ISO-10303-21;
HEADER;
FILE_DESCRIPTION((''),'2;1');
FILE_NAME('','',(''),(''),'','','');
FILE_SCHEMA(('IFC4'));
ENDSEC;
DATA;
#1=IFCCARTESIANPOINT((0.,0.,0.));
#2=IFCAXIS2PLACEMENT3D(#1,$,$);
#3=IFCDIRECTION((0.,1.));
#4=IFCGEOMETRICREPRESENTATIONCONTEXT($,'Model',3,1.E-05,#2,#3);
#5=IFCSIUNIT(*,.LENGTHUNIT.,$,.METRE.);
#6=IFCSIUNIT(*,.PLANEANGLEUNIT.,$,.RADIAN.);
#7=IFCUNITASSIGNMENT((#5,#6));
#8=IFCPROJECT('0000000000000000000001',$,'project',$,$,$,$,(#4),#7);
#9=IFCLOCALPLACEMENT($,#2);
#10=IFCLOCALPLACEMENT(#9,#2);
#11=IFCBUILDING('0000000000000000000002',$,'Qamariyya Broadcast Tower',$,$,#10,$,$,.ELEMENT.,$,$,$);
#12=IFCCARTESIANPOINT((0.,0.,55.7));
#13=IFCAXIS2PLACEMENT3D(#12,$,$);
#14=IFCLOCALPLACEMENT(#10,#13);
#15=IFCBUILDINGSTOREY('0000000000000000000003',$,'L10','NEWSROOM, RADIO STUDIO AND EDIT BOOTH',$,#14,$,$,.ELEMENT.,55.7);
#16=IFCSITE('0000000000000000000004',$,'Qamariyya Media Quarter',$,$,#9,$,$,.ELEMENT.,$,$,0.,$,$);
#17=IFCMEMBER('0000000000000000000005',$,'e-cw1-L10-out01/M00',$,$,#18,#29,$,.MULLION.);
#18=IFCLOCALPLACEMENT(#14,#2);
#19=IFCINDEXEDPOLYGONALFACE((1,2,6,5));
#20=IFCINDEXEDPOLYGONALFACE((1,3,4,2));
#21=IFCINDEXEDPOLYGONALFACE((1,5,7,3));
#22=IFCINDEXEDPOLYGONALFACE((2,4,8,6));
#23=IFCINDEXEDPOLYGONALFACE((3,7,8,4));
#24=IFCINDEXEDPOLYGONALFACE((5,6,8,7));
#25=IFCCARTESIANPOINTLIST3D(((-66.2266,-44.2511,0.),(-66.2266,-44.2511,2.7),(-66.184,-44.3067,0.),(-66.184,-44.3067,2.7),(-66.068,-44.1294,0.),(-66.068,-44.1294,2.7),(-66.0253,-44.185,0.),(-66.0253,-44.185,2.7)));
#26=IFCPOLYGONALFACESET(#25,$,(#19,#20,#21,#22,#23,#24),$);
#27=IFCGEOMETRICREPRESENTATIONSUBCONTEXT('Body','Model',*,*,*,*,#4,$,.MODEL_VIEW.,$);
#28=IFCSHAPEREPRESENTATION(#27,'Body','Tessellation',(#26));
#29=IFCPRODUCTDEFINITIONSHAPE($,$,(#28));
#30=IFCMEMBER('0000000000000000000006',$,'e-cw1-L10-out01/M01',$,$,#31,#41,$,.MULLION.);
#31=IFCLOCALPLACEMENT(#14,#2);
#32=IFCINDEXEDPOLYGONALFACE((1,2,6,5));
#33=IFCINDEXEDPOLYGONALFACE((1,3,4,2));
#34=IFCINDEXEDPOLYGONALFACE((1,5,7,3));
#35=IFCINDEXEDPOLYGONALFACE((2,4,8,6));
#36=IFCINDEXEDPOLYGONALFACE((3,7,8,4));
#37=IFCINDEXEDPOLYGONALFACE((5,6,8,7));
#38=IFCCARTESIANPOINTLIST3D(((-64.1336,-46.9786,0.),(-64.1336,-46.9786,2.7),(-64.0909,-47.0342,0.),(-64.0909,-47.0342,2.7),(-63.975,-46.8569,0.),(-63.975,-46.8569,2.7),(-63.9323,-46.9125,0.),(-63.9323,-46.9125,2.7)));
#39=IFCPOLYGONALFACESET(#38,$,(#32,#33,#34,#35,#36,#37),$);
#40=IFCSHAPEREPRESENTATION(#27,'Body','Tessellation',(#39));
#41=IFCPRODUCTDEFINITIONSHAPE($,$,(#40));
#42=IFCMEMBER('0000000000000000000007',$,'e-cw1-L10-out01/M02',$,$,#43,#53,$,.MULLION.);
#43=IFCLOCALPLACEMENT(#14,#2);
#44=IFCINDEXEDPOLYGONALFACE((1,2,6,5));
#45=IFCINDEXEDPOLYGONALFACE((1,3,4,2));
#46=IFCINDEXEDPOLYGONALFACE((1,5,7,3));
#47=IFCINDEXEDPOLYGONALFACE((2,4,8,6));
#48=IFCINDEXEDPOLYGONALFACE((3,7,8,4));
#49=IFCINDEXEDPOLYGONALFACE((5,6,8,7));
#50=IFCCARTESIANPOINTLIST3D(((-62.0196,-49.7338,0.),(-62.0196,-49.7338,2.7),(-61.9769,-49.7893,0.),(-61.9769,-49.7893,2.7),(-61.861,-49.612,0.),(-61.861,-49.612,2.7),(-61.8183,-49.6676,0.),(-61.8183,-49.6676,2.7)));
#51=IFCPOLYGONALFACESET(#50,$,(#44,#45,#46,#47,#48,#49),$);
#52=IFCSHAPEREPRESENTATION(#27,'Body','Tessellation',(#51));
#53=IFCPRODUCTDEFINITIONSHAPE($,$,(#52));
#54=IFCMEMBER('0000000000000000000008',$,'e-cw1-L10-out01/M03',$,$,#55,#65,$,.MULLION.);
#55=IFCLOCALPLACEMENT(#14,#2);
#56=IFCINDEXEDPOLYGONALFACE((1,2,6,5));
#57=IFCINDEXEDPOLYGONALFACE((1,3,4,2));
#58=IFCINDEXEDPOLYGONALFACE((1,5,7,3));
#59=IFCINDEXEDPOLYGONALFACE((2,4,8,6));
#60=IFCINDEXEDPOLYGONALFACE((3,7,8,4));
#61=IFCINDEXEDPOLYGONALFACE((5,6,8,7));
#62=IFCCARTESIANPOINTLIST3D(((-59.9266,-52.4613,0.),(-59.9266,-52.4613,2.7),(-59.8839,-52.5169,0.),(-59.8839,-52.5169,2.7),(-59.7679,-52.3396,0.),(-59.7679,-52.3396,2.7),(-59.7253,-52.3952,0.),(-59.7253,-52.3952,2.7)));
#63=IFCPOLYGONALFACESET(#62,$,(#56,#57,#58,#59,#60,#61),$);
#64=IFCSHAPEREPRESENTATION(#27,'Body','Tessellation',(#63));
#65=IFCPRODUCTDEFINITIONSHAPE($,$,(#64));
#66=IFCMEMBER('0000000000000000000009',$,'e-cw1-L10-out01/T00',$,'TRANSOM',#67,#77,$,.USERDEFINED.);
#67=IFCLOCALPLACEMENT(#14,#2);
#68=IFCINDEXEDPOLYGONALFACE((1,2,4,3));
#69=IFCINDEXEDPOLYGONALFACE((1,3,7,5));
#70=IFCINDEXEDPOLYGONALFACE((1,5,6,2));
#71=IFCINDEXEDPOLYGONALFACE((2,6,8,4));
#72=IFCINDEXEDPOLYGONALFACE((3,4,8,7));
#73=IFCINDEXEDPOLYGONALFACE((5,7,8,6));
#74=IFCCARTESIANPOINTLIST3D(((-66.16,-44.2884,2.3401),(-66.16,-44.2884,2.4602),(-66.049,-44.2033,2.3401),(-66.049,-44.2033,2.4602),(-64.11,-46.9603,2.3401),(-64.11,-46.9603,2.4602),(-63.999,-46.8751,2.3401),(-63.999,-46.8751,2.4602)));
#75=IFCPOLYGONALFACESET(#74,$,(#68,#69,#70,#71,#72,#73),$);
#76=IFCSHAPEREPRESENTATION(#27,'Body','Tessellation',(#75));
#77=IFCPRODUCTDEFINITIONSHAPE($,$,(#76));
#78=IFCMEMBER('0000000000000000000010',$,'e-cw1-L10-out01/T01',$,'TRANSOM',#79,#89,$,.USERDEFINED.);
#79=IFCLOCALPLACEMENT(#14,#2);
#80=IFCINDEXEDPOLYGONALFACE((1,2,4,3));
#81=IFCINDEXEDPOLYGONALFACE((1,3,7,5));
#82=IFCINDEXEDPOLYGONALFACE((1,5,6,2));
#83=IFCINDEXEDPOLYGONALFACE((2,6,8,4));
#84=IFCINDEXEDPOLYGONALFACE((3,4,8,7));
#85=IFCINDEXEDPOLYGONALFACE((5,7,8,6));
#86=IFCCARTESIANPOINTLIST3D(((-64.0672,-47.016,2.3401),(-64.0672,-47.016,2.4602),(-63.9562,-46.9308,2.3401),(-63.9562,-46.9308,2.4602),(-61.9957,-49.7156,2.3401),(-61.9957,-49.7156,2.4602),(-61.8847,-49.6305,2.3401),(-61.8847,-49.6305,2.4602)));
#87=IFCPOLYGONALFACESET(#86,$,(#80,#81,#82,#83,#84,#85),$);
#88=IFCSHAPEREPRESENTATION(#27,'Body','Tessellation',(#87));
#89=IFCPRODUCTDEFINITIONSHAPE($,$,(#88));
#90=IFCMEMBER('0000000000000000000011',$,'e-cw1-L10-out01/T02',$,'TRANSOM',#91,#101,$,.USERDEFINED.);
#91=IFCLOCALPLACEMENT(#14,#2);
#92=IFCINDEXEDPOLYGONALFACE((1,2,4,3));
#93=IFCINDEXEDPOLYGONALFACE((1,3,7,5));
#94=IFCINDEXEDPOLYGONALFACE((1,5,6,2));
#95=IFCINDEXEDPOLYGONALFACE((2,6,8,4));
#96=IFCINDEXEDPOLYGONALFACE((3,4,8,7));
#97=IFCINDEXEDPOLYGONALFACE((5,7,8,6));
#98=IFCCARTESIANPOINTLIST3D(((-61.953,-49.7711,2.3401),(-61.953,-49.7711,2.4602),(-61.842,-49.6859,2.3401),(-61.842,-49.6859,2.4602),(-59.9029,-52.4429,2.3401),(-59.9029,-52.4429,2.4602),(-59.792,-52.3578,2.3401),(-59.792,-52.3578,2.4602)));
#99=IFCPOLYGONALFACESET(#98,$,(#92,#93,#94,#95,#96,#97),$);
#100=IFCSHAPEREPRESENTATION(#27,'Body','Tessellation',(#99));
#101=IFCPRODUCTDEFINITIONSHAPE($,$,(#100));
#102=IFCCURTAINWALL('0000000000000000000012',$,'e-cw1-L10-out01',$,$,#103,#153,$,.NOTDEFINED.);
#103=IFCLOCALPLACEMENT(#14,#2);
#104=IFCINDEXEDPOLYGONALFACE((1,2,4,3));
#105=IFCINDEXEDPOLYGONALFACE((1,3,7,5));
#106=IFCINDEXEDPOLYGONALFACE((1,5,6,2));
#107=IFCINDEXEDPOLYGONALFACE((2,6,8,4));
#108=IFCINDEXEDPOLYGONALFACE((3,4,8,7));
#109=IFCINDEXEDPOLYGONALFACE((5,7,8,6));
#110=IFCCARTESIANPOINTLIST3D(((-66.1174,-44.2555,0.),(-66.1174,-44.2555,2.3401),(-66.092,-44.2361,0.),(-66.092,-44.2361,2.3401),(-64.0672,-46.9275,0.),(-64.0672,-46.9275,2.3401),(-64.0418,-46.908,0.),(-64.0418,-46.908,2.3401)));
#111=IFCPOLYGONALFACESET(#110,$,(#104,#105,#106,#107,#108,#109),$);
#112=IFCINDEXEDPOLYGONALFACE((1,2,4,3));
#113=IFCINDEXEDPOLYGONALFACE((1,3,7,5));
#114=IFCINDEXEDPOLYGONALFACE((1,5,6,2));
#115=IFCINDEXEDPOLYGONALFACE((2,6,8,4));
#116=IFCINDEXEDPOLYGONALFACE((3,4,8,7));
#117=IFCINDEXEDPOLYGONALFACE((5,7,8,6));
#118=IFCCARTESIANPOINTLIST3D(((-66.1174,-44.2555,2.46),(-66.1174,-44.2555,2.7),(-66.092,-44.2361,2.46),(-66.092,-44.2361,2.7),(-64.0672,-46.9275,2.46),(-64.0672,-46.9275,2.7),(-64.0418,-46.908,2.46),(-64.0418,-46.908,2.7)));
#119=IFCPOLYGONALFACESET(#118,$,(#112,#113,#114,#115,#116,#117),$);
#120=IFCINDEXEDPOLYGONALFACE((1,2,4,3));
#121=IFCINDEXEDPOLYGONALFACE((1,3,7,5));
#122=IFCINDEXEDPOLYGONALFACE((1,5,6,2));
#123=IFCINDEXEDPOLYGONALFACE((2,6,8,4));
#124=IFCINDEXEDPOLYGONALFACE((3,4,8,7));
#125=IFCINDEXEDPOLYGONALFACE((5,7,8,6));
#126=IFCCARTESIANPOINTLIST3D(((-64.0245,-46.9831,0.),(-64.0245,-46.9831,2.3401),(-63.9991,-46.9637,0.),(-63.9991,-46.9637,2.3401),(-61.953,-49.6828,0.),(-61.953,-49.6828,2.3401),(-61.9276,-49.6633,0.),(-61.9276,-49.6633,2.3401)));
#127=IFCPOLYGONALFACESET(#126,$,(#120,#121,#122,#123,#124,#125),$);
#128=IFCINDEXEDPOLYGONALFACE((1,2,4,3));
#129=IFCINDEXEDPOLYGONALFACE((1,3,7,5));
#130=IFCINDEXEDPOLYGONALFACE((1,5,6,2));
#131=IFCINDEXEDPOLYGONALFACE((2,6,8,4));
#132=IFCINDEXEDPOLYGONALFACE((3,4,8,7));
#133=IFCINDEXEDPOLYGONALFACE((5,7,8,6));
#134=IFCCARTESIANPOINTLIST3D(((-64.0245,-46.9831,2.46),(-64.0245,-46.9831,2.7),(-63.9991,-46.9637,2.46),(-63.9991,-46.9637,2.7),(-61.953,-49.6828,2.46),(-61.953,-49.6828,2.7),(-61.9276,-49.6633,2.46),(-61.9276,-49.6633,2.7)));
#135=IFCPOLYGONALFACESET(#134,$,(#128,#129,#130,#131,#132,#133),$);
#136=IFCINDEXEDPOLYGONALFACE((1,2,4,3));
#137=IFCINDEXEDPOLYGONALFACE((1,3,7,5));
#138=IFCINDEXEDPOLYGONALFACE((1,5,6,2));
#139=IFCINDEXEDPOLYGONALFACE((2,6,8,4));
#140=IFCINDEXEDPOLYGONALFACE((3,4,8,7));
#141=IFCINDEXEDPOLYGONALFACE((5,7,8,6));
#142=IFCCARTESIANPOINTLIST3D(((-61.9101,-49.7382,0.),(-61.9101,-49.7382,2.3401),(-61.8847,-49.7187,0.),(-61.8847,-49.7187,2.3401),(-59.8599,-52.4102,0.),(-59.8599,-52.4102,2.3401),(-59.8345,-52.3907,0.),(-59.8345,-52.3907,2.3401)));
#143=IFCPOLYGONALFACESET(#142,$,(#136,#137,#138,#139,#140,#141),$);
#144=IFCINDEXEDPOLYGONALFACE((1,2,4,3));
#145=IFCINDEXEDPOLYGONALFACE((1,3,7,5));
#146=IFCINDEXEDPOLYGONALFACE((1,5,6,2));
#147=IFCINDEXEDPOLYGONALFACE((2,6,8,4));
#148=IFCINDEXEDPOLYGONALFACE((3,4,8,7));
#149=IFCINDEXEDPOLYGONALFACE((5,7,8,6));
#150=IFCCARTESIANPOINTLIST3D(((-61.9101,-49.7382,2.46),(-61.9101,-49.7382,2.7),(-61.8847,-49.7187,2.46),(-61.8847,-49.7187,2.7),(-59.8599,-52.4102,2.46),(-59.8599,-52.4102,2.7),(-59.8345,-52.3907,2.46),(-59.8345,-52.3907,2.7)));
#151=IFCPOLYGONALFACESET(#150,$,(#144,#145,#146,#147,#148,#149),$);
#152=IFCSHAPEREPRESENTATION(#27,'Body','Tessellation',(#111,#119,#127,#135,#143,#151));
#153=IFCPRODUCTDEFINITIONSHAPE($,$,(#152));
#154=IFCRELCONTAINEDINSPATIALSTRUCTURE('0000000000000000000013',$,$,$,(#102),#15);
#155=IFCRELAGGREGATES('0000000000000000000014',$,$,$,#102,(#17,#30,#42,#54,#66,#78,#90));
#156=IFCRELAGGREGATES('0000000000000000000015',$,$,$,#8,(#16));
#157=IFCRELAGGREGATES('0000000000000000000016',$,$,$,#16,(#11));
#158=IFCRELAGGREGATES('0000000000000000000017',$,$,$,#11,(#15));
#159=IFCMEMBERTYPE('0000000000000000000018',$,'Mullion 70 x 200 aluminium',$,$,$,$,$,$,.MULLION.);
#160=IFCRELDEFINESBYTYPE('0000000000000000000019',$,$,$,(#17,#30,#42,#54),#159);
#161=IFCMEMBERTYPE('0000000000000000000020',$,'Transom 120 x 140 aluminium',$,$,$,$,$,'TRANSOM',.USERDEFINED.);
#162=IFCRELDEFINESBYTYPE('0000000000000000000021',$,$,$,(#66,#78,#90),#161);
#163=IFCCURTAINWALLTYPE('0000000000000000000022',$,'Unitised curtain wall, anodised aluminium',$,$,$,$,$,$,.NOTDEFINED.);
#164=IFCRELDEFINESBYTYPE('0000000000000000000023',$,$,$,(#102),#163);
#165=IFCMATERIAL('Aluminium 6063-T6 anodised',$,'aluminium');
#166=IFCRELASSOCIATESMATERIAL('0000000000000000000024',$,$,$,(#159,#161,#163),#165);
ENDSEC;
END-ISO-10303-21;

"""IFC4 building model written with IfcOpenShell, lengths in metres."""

from ifc_helpers import new_model, si_unit, direction, frame, origin, origin_2d, place, context, subcontext, project, spatial, rectangle, extrude, material, material_profile, profile_set, type_object, element, aggregate, save


model = new_model("IFC4")

# Units and contexts
model_context = context("Model", 3, precision=1e-05, world=origin(), true_north=direction((0.0, 1.0)))
body_context = subcontext(model_context, "Body", "Model", "MODEL_VIEW")
ifc_project = project(units=[si_unit("LENGTHUNIT", "METRE"), si_unit("PLANEANGLEUNIT", "RADIAN")], contexts=[model_context])

# Members
ifc_material_1 = material(Name="Aluminium 6063-T6 anodised", Category="aluminium")
ifc_material_profile_1 = material_profile(ifc_material_1, rectangle(XDim=0.2, YDim=0.0701, at=origin_2d()))
ifc_profile_set_1 = profile_set([ifc_material_profile_1], Name="Aluminium 6063-T6 anodised")
member_type_1 = type_object("IfcMemberType", Name="Mullion 70 x 200 aluminium", PredefinedType="MULLION", material=ifc_profile_set_1)
site_placement = place(None, origin())
building_placement = place(site_placement, origin())
storey_placement = place(building_placement, frame((0.0, 0.0, 55.7)))
member_1_placement = place(storey_placement, frame((-66.126, -44.218, 0.0), z_axis=(0.0, 0.0, 1.0), x_axis=(0.793353, 0.608761, 0.0)))
member_1 = element("IfcMember", 1, at=member_1_placement, type_object=member_type_1, Name="e-cw1-L10-out01/M00", PredefinedType="MULLION", context=body_context, shape_type="SweptSolid", body=[
    extrude(rectangle(XDim=0.2, YDim=0.0701, at=origin_2d()), origin(), (0.0, 0.0, 1.0), 2.7),
])
member_2_placement = place(storey_placement, frame((-64.033, -46.9456, 0.0), z_axis=(0.0, 0.0, 1.0), x_axis=(0.793353, 0.608761, 0.0)))
member_2 = element("IfcMember", 2, at=member_2_placement, type_object=member_type_1, Name="e-cw1-L10-out01/M01", PredefinedType="MULLION", context=body_context, shape_type="SweptSolid", body=[
    extrude(rectangle(XDim=0.2, YDim=0.0701, at=origin_2d()), origin(), (0.0, 0.0, 1.0), 2.7),
])
member_3_placement = place(storey_placement, frame((-61.9189, -49.7007, 0.0), z_axis=(0.0, 0.0, 1.0), x_axis=(0.793353, 0.608761, 0.0)))
member_3 = element("IfcMember", 3, at=member_3_placement, type_object=member_type_1, Name="e-cw1-L10-out01/M02", PredefinedType="MULLION", context=body_context, shape_type="SweptSolid", body=[
    extrude(rectangle(XDim=0.2, YDim=0.0701, at=origin_2d()), origin(), (0.0, 0.0, 1.0), 2.7),
])
member_4_placement = place(storey_placement, frame((-59.8259, -52.4282, 0.0), z_axis=(0.0, 0.0, 1.0), x_axis=(0.793353, 0.608761, 0.0)))
member_4 = element("IfcMember", 4, at=member_4_placement, type_object=member_type_1, Name="e-cw1-L10-out01/M03", PredefinedType="MULLION", context=body_context, shape_type="SweptSolid", body=[
    extrude(rectangle(XDim=0.2, YDim=0.0701, at=origin_2d()), origin(), (0.0, 0.0, 1.0), 2.7),
])
ifc_material_profile_2 = material_profile(ifc_material_1, rectangle(XDim=0.1399, YDim=0.1201, at=origin_2d()))
ifc_profile_set_2 = profile_set([ifc_material_profile_2], Name="Aluminium 6063-T6 anodised")
member_type_2 = type_object("IfcMemberType", Name="Transom 120 x 140 aluminium", ElementType="TRANSOM", PredefinedType="USERDEFINED", material=ifc_profile_set_2)
member_5_placement = place(storey_placement, frame((-66.1045, -44.2458, 2.4001), z_axis=(0.608733, -0.793375, 0.0), x_axis=(0.793375, 0.608733, 0.0)))
member_5 = element("IfcMember", 5, at=member_5_placement, type_object=member_type_2, Name="e-cw1-L10-out01/T00", ObjectType="TRANSOM", PredefinedType="USERDEFINED", context=body_context, shape_type="SweptSolid", body=[
    extrude(rectangle(XDim=0.1399, YDim=0.1201, at=origin_2d()), origin(), (0.0, 0.0, 1.0), 3.3677),
])
member_6_placement = place(storey_placement, frame((-64.0117, -46.9734, 2.4001), z_axis=(0.608757, -0.793357, 0.0), x_axis=(0.793357, 0.608757, 0.0)))
member_6 = element("IfcMember", 6, at=member_6_placement, type_object=member_type_2, Name="e-cw1-L10-out01/T01", ObjectType="TRANSOM", PredefinedType="USERDEFINED", context=body_context, shape_type="SweptSolid", body=[
    extrude(rectangle(XDim=0.1399, YDim=0.1201, at=origin_2d()), origin(), (0.0, 0.0, 1.0), 3.4028),
])
member_7_placement = place(storey_placement, frame((-61.8975, -49.7285, 2.4001), z_axis=(0.608733, -0.793375, 0.0), x_axis=(0.793375, 0.608733, 0.0)))
member_7 = element("IfcMember", 7, at=member_7_placement, type_object=member_type_2, Name="e-cw1-L10-out01/T02", ObjectType="TRANSOM", PredefinedType="USERDEFINED", context=body_context, shape_type="SweptSolid", body=[
    extrude(rectangle(XDim=0.1399, YDim=0.1201, at=origin_2d()), origin(), (0.0, 0.0, 1.0), 3.3677),
])

# Site, building, storey
site = spatial("IfcSite", under=ifc_project, at=site_placement, Name="Qamariyya Media Quarter", CompositionType="ELEMENT", RefElevation=0.0)
building = spatial("IfcBuilding", under=site, at=building_placement, Name="Qamariyya Broadcast Tower", CompositionType="ELEMENT")
storey = spatial("IfcBuildingStorey", under=building, at=storey_placement, Name="L10", Description="NEWSROOM, RADIO STUDIO AND EDIT BOOTH", CompositionType="ELEMENT", Elevation=55.7)

# Curtain wall
curtain_wall_type = type_object("IfcCurtainWallType", Name="Unitised curtain wall, anodised aluminium", PredefinedType="NOTDEFINED", material=ifc_material_1)
curtain_wall_1_placement = place(storey_placement, origin())
curtain_wall_1 = element("IfcCurtainWall", 8, at=curtain_wall_1_placement, inside=storey, type_object=curtain_wall_type, Name="e-cw1-L10-out01", PredefinedType="NOTDEFINED", context=body_context, shape_type="SweptSolid", body=[
    extrude(rectangle(XDim=3.3679, YDim=0.032, at=origin_2d()), frame((-65.0796, -45.5818, 0.0), x_axis=(0.608756, -0.793358, 0.0)), (0.0, 0.0, 1.0), 2.3401),
    extrude(rectangle(XDim=3.3679, YDim=0.032, at=origin_2d()), frame((-65.0796, -45.5818, 2.46), x_axis=(0.608756, -0.793358, 0.0)), (0.0, 0.0, 1.0), 0.24),
    extrude(rectangle(XDim=3.4028, YDim=0.032, at=origin_2d()), frame((-62.9761, -48.3232, 0.0), x_axis=(0.608756, -0.793358, 0.0)), (0.0, 0.0, 1.0), 2.3401),
    extrude(rectangle(XDim=3.4028, YDim=0.032, at=origin_2d()), frame((-62.9761, -48.3232, 2.46), x_axis=(0.608756, -0.793358, 0.0)), (0.0, 0.0, 1.0), 0.24),
    extrude(rectangle(XDim=3.3679, YDim=0.032, at=origin_2d()), frame((-60.8723, -51.0645, 0.0), x_axis=(0.608756, -0.793358, 0.0)), (0.0, 0.0, 1.0), 2.3401),
    extrude(rectangle(XDim=3.3679, YDim=0.032, at=origin_2d()), frame((-60.8723, -51.0645, 2.46), x_axis=(0.608756, -0.793358, 0.0)), (0.0, 0.0, 1.0), 0.24),
])
aggregate(curtain_wall_1, [member_1, member_2, member_3, member_4, member_5, member_6, member_7])

save(model, "model.ifc")
